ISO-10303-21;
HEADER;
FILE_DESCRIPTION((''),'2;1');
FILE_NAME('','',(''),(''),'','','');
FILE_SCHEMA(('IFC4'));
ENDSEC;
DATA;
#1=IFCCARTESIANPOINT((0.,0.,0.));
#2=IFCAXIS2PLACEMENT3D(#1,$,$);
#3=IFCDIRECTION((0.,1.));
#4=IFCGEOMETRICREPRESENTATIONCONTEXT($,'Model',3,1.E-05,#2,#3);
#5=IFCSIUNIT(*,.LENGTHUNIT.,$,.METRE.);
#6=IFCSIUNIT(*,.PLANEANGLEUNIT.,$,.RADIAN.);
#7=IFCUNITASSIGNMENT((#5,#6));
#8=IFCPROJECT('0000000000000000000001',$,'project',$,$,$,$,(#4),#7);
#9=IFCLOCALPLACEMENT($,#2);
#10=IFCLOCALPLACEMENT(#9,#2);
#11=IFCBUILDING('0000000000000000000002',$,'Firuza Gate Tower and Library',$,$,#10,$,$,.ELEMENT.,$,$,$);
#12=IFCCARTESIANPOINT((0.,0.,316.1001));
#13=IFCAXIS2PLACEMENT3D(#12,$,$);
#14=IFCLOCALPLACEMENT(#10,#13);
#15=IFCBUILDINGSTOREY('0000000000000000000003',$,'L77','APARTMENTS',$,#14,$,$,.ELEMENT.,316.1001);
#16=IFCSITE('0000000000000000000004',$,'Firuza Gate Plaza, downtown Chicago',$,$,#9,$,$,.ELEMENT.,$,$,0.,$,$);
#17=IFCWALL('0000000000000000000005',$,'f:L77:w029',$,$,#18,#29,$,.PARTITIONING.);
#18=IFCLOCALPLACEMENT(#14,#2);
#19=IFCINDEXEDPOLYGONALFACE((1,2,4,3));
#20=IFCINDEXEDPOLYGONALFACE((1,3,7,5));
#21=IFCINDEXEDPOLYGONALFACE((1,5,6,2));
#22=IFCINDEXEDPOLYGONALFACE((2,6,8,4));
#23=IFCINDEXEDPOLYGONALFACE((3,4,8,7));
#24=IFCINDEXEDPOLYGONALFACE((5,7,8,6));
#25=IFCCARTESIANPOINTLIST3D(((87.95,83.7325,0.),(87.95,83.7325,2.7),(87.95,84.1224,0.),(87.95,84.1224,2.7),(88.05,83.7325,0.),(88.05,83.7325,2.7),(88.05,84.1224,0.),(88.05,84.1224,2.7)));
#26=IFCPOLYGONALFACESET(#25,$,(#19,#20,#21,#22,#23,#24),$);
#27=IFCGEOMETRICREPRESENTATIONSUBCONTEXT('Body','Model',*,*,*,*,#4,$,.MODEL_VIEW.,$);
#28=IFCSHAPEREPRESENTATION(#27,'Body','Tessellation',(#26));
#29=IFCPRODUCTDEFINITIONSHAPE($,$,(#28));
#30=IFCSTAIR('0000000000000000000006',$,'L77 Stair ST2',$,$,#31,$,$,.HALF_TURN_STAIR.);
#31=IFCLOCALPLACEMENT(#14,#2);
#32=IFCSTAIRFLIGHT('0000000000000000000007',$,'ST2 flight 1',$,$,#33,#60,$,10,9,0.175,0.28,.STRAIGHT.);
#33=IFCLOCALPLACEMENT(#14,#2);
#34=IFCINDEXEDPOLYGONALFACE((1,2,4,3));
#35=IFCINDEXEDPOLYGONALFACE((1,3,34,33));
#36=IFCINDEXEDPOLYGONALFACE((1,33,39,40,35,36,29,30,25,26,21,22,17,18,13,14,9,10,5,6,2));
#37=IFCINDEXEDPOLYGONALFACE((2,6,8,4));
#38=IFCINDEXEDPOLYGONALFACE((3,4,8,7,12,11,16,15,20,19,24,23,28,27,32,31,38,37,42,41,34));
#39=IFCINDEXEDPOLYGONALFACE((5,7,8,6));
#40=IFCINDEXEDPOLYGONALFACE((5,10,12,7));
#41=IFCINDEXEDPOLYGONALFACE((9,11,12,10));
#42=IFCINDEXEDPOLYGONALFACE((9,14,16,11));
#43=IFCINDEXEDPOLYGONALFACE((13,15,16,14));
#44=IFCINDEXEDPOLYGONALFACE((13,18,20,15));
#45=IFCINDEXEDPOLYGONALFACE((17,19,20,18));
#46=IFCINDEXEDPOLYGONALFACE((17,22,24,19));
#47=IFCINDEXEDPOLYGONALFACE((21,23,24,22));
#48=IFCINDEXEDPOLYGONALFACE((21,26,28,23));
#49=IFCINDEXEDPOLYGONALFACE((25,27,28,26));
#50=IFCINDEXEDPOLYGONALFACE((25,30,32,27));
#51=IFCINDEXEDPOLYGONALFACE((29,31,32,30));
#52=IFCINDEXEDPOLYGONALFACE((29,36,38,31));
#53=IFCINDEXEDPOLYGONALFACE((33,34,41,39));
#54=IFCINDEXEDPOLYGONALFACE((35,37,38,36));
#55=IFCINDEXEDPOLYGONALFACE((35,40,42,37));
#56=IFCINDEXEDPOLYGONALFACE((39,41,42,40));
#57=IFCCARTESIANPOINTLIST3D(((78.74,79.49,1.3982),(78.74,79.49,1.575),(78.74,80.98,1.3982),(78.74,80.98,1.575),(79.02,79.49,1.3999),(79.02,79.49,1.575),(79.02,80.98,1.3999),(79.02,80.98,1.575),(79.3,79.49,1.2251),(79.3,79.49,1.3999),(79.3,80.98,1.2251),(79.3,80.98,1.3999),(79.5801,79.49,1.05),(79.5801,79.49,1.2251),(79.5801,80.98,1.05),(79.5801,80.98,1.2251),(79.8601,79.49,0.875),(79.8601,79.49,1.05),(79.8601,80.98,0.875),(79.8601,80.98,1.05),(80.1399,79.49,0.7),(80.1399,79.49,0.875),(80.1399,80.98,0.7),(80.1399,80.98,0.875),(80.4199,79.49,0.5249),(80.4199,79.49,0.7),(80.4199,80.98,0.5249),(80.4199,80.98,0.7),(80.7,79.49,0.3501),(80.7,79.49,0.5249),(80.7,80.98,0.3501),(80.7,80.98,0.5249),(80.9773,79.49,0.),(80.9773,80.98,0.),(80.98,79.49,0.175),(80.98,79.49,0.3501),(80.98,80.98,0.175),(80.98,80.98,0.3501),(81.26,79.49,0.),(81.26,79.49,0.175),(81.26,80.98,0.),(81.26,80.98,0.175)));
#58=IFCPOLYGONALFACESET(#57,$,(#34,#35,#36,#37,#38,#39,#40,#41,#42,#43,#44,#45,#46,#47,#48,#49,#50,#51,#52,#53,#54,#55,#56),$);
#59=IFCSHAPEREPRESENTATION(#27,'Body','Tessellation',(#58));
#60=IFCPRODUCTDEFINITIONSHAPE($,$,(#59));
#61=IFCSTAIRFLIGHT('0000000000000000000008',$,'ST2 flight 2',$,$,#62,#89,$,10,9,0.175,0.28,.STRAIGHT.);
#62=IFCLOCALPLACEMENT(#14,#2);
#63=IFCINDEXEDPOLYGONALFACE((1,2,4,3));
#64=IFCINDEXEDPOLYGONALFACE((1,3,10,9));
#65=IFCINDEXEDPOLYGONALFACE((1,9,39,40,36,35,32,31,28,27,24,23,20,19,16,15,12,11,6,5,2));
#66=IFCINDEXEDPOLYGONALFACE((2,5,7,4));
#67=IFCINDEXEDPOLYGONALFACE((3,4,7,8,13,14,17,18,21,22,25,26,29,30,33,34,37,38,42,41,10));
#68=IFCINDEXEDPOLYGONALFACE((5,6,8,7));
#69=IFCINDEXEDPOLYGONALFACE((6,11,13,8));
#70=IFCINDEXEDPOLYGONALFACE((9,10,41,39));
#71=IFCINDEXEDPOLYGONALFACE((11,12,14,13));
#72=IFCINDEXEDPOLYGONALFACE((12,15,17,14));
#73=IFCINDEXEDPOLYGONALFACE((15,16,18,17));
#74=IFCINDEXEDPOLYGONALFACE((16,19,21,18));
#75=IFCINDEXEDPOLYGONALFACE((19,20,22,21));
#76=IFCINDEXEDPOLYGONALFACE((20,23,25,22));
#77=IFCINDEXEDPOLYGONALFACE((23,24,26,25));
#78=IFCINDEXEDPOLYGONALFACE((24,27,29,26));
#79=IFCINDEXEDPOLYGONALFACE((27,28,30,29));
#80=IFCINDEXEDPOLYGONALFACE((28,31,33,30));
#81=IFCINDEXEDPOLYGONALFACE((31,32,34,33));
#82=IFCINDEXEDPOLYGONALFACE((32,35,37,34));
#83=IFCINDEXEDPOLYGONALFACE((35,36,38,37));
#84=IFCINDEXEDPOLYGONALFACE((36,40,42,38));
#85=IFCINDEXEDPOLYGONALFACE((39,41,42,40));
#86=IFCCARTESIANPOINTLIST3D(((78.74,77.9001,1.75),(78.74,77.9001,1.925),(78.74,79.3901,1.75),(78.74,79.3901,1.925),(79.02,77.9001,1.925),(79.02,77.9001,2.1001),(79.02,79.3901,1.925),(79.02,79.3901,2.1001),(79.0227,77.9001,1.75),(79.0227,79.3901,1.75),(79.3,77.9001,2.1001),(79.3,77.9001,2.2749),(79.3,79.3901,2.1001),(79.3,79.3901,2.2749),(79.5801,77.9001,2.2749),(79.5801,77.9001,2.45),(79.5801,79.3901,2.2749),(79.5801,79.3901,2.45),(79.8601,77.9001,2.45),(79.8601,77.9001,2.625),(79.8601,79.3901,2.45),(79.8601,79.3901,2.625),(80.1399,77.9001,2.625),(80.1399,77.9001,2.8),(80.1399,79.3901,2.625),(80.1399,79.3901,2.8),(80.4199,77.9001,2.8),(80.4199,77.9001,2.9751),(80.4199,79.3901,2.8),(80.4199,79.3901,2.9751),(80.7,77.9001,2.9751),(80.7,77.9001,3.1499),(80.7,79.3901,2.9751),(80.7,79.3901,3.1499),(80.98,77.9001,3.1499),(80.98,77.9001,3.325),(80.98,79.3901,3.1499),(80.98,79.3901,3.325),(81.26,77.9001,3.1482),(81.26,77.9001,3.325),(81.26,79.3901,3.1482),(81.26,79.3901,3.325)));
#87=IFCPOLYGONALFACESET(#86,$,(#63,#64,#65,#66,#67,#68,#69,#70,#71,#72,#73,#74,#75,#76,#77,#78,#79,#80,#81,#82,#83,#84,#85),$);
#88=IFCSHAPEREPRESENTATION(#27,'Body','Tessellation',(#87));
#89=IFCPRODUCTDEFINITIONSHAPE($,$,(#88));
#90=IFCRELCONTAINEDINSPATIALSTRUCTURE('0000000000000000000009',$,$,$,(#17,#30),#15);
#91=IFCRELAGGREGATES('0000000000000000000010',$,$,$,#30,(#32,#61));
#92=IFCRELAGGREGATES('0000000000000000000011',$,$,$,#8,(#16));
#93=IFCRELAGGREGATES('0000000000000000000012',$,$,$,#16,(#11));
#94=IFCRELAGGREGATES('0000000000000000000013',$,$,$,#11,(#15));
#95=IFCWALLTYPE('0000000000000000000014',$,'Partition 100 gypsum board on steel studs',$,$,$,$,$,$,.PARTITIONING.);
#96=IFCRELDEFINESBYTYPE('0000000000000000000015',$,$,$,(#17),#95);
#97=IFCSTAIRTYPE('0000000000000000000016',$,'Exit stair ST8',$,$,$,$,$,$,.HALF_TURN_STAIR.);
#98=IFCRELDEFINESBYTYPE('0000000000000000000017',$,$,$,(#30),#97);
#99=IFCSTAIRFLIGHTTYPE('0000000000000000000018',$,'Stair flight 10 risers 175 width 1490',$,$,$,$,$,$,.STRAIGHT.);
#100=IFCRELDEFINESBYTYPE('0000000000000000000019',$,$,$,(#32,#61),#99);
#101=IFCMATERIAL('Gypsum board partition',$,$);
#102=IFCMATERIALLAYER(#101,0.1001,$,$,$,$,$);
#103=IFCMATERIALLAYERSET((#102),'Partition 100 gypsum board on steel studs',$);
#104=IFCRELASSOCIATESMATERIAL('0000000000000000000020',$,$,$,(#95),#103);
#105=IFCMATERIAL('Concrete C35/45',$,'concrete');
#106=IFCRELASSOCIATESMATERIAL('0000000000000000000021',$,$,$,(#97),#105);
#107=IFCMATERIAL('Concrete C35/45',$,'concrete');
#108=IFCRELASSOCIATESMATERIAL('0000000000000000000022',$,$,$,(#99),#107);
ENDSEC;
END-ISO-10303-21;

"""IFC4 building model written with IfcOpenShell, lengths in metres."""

from ifc_helpers import new_model, si_unit, direction, frame, frame_2d, origin, place, context, subcontext, project, spatial, polyline, rectangle, outline, extrude, material, layer, layer_set, type_object, element, aggregate, save


model = new_model("IFC4")

# Units and contexts
model_context = context("Model", 3, precision=1e-05, world=origin(), true_north=direction((0.0, 1.0)))
body_context = subcontext(model_context, "Body", "Model", "MODEL_VIEW")
ifc_project = project(units=[si_unit("LENGTHUNIT", "METRE"), si_unit("PLANEANGLEUNIT", "RADIAN")], contexts=[model_context])

# Site, building, storey
site_placement = place(None, origin())
site = spatial("IfcSite", under=ifc_project, at=site_placement, Name="Firuza Gate Plaza, downtown Chicago", CompositionType="ELEMENT", RefElevation=0.0)
building_placement = place(site_placement, origin())
building = spatial("IfcBuilding", under=site, at=building_placement, Name="Firuza Gate Tower and Library", CompositionType="ELEMENT")
storey_placement = place(building_placement, frame((0.0, 0.0, 316.1001)))
storey = spatial("IfcBuildingStorey", under=building, at=storey_placement, Name="L77", Description="APARTMENTS", CompositionType="ELEMENT", Elevation=316.1001)

# Shared definitions
placement = place(storey_placement, origin())

# Wall
ifc_material_1 = material(Name="Gypsum board partition")
ifc_layer_1 = layer(ifc_material_1, 0.1001)
ifc_layer_set_1 = layer_set([ifc_layer_1], Name="Partition 100 gypsum board on steel studs")
wall_type_1 = type_object("IfcWallType", Name="Partition 100 gypsum board on steel studs", PredefinedType="PARTITIONING", material=ifc_layer_set_1)
wall_1_placement = place(storey_placement, frame((88.0, 83.7327, 0.0), z_axis=(0.0, 0.0, 1.0), x_axis=(0.0, 1.0, 0.0)))
element("IfcWall", 1, at=wall_1_placement, inside=storey, type_object=wall_type_1, Name="f:L77:w029", PredefinedType="PARTITIONING", context=body_context, shape_type="SweptSolid", body=[
    extrude(rectangle(XDim=0.3899, YDim=0.1001, at=frame_2d((0.1948, 0.0))), origin(), (0.0, 0.0, 1.0), 2.7),
])

# Stair, stair flights
ifc_material_2 = material(Name="Concrete C35/45", Category="concrete")
stair_type = type_object("IfcStairType", Name="Exit stair ST8", PredefinedType="HALF_TURN_STAIR", material=ifc_material_2)
stair = element("IfcStair", 2, at=placement, inside=storey, type_object=stair_type, Name="L77 Stair ST2", PredefinedType="HALF_TURN_STAIR")
ifc_material_3 = material(Name="Concrete C35/45", Category="concrete")
stair_flight_type = type_object("IfcStairFlightType", Name="Stair flight 10 risers 175 width 1490", PredefinedType="STRAIGHT", material=ifc_material_3)
stair_flight_1_placement = place(storey_placement, frame((81.26, 80.2351, 0.0), z_axis=(0.0, 0.0, 1.0), x_axis=(-1.0, 0.0, 0.0)))
stair_flight_1 = element("IfcStairFlight", 3, at=stair_flight_1_placement, type_object=stair_flight_type, Name="ST2 flight 1", NumberOfRisers=10, NumberOfTreads=9, PredefinedType="STRAIGHT", RiserHeight=0.175, TreadLength=0.28, context=body_context, shape_type="SweptSolid", body=[
    extrude(outline(polyline([(0.0, 0.0), (0.0, 0.175), (0.28, 0.175), (0.28, 0.3501), (0.5601, 0.3501), (0.5601, 0.5249), (0.8401, 0.5249), (0.8401, 0.7), (1.1201, 0.7), (1.1201, 0.875), (1.3999, 0.875), (1.3999, 1.05), (1.6799, 1.05), (1.6799, 1.2251), (1.96, 1.2251), (1.96, 1.3999), (2.24, 1.3999), (2.24, 1.575), (2.52, 1.575), (2.52, 1.75), (2.52, 1.3982), (0.2827, 0.0), (0.0, 0.0)])), frame((0.0, 0.7451, 0.0), z_axis=(0.0, -1.0, 0.0), x_axis=(1.0, 0.0, 0.0)), (0.0, 0.0, 1.0), 1.49),
])
stair_flight_2_placement = place(storey_placement, frame((78.74, 78.645, 1.75), z_axis=(0.0, 0.0, 1.0), x_axis=(1.0, 0.0, 0.0)))
stair_flight_2 = element("IfcStairFlight", 4, at=stair_flight_2_placement, type_object=stair_flight_type, Name="ST2 flight 2", NumberOfRisers=10, NumberOfTreads=9, PredefinedType="STRAIGHT", RiserHeight=0.175, TreadLength=0.28, context=body_context, shape_type="SweptSolid", body=[
    extrude(outline(polyline([(0.0, 0.0), (0.0, 0.175), (0.28, 0.175), (0.28, 0.3501), (0.5601, 0.3501), (0.5601, 0.5249), (0.8401, 0.5249), (0.8401, 0.7), (1.1201, 0.7), (1.1201, 0.875), (1.3999, 0.875), (1.3999, 1.05), (1.6799, 1.05), (1.6799, 1.2251), (1.96, 1.2251), (1.96, 1.3999), (2.24, 1.3999), (2.24, 1.575), (2.52, 1.575), (2.52, 1.75), (2.52, 1.3982), (0.2827, 0.0), (0.0, 0.0)])), frame((0.0, 0.7451, 0.0), z_axis=(0.0, -1.0, 0.0), x_axis=(1.0, 0.0, 0.0)), (0.0, 0.0, 1.0), 1.49),
])
aggregate(stair, [stair_flight_1, stair_flight_2])

save(model, "model.ifc")
